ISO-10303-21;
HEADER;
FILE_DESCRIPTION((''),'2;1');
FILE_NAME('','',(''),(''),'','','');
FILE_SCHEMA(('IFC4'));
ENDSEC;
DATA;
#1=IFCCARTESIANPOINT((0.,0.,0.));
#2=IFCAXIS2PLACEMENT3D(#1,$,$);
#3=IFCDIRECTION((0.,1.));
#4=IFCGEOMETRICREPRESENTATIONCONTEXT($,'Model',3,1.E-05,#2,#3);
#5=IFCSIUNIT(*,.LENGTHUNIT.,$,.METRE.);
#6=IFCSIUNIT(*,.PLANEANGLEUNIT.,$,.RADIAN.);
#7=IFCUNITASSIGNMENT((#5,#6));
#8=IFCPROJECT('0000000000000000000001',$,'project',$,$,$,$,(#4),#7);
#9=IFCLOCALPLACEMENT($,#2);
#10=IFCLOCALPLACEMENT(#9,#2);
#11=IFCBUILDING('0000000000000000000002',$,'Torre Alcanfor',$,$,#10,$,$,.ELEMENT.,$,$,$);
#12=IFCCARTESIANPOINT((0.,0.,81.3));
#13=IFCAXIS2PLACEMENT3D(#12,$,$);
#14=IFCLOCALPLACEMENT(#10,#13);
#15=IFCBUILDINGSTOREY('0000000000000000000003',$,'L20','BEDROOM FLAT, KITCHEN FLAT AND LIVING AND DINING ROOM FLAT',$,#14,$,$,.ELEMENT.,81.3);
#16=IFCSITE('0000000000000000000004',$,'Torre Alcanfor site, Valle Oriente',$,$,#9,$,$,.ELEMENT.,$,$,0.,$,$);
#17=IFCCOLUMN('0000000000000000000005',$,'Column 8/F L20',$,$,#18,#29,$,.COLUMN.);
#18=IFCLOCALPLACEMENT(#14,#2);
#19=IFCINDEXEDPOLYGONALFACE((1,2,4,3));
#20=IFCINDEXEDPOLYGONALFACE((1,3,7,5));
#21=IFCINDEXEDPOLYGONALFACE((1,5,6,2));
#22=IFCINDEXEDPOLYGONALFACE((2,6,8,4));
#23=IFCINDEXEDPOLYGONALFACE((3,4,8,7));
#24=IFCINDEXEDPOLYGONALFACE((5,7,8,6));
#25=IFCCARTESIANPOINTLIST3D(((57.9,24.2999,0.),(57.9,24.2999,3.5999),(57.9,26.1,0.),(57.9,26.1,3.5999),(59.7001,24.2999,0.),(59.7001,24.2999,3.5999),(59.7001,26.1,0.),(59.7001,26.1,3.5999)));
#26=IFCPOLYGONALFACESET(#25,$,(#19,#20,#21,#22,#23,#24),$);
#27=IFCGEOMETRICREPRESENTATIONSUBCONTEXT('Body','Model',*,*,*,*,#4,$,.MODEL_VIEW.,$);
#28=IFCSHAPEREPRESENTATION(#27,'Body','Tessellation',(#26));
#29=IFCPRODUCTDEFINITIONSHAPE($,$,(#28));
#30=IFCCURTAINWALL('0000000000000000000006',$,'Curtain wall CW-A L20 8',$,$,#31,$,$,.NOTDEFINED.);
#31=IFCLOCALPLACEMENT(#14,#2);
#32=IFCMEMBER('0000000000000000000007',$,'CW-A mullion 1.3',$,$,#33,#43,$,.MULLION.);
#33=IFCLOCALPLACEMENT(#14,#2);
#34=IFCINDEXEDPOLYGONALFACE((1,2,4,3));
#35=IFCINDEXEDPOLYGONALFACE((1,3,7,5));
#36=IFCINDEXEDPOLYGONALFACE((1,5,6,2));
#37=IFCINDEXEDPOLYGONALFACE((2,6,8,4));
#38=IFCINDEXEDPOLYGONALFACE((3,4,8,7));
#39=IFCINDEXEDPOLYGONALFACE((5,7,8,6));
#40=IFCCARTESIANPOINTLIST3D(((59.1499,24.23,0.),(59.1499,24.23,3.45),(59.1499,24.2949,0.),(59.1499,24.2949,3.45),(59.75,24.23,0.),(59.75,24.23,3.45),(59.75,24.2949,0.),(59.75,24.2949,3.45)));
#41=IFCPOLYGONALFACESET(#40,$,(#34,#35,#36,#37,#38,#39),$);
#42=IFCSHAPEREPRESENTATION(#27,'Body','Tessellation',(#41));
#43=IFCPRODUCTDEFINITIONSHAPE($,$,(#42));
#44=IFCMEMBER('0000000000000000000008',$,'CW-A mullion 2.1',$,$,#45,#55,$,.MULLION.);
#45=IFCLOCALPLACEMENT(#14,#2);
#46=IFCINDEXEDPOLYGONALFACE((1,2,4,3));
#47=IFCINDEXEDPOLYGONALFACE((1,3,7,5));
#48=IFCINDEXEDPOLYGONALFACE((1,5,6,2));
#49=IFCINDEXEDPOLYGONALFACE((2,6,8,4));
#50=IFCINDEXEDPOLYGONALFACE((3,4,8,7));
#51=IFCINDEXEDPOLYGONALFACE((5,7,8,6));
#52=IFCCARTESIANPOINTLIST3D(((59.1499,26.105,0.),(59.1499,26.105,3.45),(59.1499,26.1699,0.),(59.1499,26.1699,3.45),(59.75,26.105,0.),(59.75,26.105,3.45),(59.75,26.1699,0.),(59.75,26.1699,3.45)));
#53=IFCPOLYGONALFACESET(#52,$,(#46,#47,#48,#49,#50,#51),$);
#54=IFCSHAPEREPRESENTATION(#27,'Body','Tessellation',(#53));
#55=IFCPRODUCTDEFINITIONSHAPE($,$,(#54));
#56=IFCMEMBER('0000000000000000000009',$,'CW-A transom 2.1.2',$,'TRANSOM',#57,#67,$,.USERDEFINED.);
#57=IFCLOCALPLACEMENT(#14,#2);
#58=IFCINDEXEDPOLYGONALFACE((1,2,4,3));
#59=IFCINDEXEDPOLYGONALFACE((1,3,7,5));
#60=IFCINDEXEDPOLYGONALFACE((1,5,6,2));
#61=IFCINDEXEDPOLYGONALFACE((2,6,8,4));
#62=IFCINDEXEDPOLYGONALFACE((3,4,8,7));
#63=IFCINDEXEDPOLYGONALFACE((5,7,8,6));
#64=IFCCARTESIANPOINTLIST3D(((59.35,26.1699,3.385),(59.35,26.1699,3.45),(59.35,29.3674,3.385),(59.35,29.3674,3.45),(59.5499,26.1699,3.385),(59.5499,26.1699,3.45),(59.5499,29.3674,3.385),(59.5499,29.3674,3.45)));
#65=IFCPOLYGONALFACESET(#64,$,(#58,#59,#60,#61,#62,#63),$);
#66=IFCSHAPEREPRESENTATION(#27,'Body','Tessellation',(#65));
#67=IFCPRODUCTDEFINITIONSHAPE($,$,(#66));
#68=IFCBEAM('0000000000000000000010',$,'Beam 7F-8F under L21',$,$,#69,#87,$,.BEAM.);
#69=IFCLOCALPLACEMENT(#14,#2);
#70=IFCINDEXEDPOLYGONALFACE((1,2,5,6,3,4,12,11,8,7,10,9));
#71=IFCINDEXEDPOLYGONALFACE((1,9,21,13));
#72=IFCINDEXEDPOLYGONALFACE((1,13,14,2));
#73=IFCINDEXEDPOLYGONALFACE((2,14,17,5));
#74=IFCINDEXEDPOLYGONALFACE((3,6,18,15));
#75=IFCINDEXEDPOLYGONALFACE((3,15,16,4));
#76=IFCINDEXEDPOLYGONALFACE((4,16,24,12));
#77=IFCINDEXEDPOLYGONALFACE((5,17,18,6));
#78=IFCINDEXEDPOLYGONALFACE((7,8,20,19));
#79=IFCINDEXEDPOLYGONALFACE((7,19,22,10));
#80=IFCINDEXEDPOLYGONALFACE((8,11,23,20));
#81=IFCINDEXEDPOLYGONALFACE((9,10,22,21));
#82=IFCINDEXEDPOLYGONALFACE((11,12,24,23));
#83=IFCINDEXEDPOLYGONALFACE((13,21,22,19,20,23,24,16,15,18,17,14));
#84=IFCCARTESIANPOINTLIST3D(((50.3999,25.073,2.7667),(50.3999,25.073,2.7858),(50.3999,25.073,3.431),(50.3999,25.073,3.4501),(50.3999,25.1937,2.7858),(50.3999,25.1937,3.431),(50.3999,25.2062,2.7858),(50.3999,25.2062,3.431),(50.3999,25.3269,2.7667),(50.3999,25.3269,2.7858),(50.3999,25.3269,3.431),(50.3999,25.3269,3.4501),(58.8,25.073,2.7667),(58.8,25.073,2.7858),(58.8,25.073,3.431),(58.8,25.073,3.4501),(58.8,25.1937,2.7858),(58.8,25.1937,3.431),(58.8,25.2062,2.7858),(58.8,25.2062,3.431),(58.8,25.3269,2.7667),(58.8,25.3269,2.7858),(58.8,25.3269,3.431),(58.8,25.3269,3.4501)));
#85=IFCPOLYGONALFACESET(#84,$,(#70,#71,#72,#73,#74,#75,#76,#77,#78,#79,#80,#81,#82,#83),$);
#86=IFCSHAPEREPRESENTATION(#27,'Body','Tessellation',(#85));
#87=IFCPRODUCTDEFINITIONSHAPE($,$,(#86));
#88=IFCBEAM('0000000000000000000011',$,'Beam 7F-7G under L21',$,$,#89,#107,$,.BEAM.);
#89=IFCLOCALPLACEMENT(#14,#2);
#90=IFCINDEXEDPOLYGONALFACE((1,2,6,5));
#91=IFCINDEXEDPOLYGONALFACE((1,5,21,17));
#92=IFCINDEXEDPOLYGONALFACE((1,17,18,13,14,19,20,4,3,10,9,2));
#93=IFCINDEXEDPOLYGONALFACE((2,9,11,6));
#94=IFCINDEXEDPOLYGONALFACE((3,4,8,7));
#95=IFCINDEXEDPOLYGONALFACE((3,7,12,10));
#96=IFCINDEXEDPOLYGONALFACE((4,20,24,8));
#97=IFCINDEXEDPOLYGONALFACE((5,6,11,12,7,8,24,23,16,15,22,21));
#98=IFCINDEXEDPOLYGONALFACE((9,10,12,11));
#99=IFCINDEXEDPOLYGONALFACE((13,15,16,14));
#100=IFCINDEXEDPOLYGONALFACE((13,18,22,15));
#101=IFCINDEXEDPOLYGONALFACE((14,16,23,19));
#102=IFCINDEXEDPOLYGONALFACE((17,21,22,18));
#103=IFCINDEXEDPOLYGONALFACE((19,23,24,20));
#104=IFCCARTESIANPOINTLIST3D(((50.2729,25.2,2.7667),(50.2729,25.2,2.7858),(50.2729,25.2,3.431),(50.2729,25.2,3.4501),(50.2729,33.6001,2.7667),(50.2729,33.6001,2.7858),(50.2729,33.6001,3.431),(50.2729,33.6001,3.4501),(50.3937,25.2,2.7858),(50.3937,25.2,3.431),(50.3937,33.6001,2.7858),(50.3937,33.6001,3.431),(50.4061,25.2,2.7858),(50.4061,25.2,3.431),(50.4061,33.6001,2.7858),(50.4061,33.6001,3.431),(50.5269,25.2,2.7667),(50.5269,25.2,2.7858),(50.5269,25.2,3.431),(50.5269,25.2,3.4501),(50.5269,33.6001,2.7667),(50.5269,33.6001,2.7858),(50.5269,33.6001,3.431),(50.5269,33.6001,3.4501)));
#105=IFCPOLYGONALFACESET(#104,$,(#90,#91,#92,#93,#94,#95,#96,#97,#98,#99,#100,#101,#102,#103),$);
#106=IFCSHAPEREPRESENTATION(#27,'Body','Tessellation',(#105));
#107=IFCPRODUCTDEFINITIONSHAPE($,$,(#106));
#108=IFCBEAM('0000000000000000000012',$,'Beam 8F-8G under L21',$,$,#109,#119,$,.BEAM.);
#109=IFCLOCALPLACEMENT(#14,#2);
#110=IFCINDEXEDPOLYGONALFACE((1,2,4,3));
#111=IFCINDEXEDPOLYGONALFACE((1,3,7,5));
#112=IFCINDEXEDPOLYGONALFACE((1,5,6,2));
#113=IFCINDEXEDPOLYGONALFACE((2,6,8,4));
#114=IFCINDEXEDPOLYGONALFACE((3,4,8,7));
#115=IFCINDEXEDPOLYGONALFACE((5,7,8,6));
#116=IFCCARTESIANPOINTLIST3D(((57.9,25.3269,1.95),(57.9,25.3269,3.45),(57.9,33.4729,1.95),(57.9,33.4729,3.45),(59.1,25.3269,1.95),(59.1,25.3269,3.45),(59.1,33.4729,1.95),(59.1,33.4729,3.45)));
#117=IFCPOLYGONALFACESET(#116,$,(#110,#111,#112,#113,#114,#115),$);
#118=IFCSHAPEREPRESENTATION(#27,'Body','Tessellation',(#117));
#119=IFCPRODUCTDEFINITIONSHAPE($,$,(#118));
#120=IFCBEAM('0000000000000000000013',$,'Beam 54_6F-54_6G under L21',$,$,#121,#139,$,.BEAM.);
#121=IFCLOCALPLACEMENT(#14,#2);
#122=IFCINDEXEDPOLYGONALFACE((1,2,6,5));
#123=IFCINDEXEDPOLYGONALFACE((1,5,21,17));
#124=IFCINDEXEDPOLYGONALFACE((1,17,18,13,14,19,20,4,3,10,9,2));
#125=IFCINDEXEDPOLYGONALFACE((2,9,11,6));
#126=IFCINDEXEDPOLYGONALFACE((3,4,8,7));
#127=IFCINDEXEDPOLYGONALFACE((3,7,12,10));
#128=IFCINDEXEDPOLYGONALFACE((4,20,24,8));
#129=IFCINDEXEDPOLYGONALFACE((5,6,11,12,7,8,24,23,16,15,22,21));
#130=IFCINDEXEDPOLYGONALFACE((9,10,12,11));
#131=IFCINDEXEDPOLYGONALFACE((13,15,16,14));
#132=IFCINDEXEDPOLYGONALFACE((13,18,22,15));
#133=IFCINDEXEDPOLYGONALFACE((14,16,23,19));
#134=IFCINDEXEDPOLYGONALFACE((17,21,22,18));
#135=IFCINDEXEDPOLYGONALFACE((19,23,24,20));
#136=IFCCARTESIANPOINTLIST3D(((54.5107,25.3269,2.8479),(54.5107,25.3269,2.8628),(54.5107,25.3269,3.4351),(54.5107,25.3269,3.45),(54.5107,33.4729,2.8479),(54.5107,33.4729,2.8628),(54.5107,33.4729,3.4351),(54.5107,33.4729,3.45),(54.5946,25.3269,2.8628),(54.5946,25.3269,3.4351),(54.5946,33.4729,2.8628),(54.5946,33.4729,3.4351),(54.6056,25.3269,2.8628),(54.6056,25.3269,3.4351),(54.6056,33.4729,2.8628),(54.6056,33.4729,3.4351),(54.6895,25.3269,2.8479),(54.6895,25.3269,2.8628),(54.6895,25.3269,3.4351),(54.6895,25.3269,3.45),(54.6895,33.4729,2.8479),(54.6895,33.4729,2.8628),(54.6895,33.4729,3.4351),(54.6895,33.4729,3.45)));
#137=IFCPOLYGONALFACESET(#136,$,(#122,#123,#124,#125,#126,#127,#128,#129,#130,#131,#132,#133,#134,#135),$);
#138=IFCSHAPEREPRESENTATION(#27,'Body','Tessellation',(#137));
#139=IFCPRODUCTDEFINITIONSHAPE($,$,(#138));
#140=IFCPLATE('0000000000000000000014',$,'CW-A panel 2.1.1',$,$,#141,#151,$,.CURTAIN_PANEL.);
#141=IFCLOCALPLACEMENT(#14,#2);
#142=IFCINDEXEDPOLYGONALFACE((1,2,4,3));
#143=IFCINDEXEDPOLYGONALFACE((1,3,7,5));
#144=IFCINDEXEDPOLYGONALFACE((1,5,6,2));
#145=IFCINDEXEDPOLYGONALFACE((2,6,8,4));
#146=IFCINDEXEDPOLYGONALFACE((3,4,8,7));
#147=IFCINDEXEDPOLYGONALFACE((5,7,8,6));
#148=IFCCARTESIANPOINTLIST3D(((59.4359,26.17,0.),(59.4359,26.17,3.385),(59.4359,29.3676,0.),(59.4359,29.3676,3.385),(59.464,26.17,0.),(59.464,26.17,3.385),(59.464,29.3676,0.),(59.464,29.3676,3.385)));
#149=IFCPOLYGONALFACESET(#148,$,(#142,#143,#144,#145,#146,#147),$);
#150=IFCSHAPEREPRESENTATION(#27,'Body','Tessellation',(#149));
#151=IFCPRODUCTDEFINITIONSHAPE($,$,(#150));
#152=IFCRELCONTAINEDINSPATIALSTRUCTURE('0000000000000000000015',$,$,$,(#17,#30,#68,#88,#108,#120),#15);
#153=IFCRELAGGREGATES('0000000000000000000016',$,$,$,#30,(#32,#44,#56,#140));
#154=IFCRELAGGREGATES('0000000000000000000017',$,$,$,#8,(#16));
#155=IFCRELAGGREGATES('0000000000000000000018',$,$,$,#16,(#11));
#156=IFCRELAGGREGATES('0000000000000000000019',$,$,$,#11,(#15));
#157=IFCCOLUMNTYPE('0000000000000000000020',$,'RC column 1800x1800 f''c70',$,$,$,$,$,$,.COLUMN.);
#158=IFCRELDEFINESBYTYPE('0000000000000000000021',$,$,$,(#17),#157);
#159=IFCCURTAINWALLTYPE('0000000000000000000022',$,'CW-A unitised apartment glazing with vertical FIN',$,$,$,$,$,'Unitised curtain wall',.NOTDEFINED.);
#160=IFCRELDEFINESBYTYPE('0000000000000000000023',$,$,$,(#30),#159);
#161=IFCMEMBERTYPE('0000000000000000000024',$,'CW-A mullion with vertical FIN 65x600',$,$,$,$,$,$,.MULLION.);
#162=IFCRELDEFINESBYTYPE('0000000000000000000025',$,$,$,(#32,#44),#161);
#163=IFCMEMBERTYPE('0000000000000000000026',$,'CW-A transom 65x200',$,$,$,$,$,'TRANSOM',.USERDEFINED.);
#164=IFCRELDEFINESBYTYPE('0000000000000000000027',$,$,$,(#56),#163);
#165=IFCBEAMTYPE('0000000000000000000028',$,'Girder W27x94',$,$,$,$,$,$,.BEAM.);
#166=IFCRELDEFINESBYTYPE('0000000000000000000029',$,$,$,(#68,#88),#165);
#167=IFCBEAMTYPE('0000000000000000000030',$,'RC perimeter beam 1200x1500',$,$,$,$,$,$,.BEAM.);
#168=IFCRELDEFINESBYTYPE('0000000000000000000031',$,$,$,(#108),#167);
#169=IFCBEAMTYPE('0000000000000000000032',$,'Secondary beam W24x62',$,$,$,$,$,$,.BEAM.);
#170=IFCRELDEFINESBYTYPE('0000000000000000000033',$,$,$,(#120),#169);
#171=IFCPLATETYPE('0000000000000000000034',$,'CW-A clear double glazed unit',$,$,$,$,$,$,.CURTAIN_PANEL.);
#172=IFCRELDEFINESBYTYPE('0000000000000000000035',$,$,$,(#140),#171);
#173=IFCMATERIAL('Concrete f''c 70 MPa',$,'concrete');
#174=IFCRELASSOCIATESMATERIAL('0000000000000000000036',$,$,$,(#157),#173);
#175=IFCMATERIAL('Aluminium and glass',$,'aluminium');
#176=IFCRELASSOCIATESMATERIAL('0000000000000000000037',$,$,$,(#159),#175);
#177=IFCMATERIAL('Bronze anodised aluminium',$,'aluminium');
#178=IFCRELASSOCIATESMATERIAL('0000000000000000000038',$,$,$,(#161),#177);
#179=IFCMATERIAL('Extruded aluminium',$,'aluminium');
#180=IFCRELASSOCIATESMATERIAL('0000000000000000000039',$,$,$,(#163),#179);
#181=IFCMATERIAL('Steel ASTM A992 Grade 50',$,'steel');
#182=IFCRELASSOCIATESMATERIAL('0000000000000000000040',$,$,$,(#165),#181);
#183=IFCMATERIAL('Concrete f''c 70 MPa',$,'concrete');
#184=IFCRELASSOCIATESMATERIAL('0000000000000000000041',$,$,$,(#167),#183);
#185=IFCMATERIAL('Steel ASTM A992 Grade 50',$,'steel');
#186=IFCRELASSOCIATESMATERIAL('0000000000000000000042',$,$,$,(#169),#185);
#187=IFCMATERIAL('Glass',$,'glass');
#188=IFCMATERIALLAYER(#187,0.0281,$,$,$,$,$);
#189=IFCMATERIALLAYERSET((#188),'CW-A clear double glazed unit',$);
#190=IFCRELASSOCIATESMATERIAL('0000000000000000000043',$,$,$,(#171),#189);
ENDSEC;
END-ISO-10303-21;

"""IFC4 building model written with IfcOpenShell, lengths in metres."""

from ifc_helpers import new_model, si_unit, direction, frame, origin, origin_2d, place, context, subcontext, project, spatial, rectangle, i_section, extrude, material, layer, layer_set, material_profile, profile_set, type_object, element, aggregate, save


model = new_model("IFC4")

# Units and contexts
model_context = context("Model", 3, precision=1e-05, world=origin(), true_north=direction((0.0, 1.0)))
body_context = subcontext(model_context, "Body", "Model", "MODEL_VIEW")
ifc_project = project(units=[si_unit("LENGTHUNIT", "METRE"), si_unit("PLANEANGLEUNIT", "RADIAN")], contexts=[model_context])

# Site, building, storey
site_placement = place(None, origin())
site = spatial("IfcSite", under=ifc_project, at=site_placement, Name="Torre Alcanfor site, Valle Oriente", CompositionType="ELEMENT", RefElevation=0.0)
building_placement = place(site_placement, origin())
building = spatial("IfcBuilding", under=site, at=building_placement, Name="Torre Alcanfor", CompositionType="ELEMENT")
storey_placement = place(building_placement, frame((0.0, 0.0, 81.3)))
storey = spatial("IfcBuildingStorey", under=building, at=storey_placement, Name="L20", Description="BEDROOM FLAT, KITCHEN FLAT AND LIVING AND DINING ROOM FLAT", CompositionType="ELEMENT", Elevation=81.3)

# Column
ifc_material_1 = material(Name="Concrete f'c 70 MPa", Category="concrete")
ifc_material_profile_1 = material_profile(ifc_material_1, rectangle(XDim=1.8, YDim=1.8, at=origin_2d()), Name="1800x1800")
ifc_profile_set_1 = profile_set([ifc_material_profile_1], Name="Concrete f'c 70 MPa")
column_type = type_object("IfcColumnType", Name="RC column 1800x1800 f'c70", PredefinedType="COLUMN", material=ifc_profile_set_1)
column_placement = place(storey_placement, frame((58.8, 25.2, 0.0), z_axis=(0.0, 0.0, 1.0), x_axis=(1.0, 0.0, 0.0)))
element("IfcColumn", 1, at=column_placement, inside=storey, type_object=column_type, Name="Column 8/F L20", PredefinedType="COLUMN", context=body_context, shape_type="SweptSolid", body=[
    extrude(rectangle(XDim=1.8, YDim=1.8, at=origin_2d()), origin(), (0.0, 0.0, 1.0), 3.5999),
])

# Curtain wall, members
ifc_material_2 = material(Name="Aluminium and glass", Category="aluminium")
curtain_wall_type = type_object("IfcCurtainWallType", Name="CW-A unitised apartment glazing with vertical FIN", ElementType="Unitised curtain wall", PredefinedType="NOTDEFINED", material=ifc_material_2)
curtain_wall_placement = place(storey_placement, origin())
curtain_wall = element("IfcCurtainWall", 2, at=curtain_wall_placement, inside=storey, type_object=curtain_wall_type, Name="Curtain wall CW-A L20 8", PredefinedType="NOTDEFINED")
ifc_material_3 = material(Name="Bronze anodised aluminium", Category="aluminium")
ifc_material_profile_2 = material_profile(ifc_material_3, rectangle(XDim=0.6001, YDim=0.0649, at=origin_2d()), Name="CW-A mullion 65x600")
ifc_profile_set_2 = profile_set([ifc_material_profile_2], Name="Bronze anodised aluminium")
member_type_1 = type_object("IfcMemberType", Name="CW-A mullion with vertical FIN 65x600", PredefinedType="MULLION", material=ifc_profile_set_2)
member_1_placement = place(storey_placement, frame((59.45, 24.2625, 0.0), z_axis=(0.0, 0.0, 1.0), x_axis=(-1.0, 0.0, 0.0)))
member_1 = element("IfcMember", 3, at=member_1_placement, type_object=member_type_1, Name="CW-A mullion 1.3", PredefinedType="MULLION", context=body_context, shape_type="SweptSolid", body=[
    extrude(rectangle(XDim=0.6001, YDim=0.0649, at=origin_2d()), origin(), (0.0, 0.0, 1.0), 3.45),
])
member_2_placement = place(storey_placement, frame((59.45, 26.1375, 0.0), z_axis=(0.0, 0.0, 1.0), x_axis=(-1.0, 0.0, 0.0)))
member_2 = element("IfcMember", 4, at=member_2_placement, type_object=member_type_1, Name="CW-A mullion 2.1", PredefinedType="MULLION", context=body_context, shape_type="SweptSolid", body=[
    extrude(rectangle(XDim=0.6001, YDim=0.0649, at=origin_2d()), origin(), (0.0, 0.0, 1.0), 3.45),
])
ifc_material_4 = material(Name="Extruded aluminium", Category="aluminium")
ifc_material_profile_3 = material_profile(ifc_material_4, rectangle(XDim=0.2, YDim=0.0649, at=origin_2d()), Name="CW-A transom 200x65")
ifc_profile_set_3 = profile_set([ifc_material_profile_3], Name="Extruded aluminium")
member_type_2 = type_object("IfcMemberType", Name="CW-A transom 65x200", ElementType="TRANSOM", PredefinedType="USERDEFINED", material=ifc_profile_set_3)
member_3_placement = place(storey_placement, frame((59.45, 26.1699, 3.4175), z_axis=(0.0, 1.0, 0.0), x_axis=(-1.0, 0.0, 0.0)))
member_3 = element("IfcMember", 5, at=member_3_placement, type_object=member_type_2, Name="CW-A transom 2.1.2", ObjectType="TRANSOM", PredefinedType="USERDEFINED", context=body_context, shape_type="SweptSolid", body=[
    extrude(rectangle(XDim=0.2, YDim=0.0649, at=origin_2d()), origin(), (0.0, 0.0, 1.0), 3.1975),
])

# Beams
ifc_material_5 = material(Name="Steel ASTM A992 Grade 50", Category="steel")
ifc_material_profile_4 = material_profile(ifc_material_5, i_section(OverallWidth=0.2539, OverallDepth=0.6833, WebThickness=0.0125, FlangeThickness=0.019, at=origin_2d()), Name="W27x94")
ifc_profile_set_4 = profile_set([ifc_material_profile_4], Name="Steel ASTM A992 Grade 50")
beam_type_1 = type_object("IfcBeamType", Name="Girder W27x94", PredefinedType="BEAM", material=ifc_profile_set_4)
for number, where, z_axis, x_axis, name in (
    (6, (50.3999, 25.2, 3.1084), (1.0, 0.0, 0.0), (0.0, 1.0, 0.0), "Beam 7F-8F under L21"),
    (7, (50.3999, 25.2, 3.1084), (0.0, 1.0, 0.0), (-1.0, 0.0, 0.0), "Beam 7F-7G under L21"),
):
    element("IfcBeam", number, at=place(storey_placement, frame(where, z_axis=z_axis, x_axis=x_axis)), inside=storey, type_object=beam_type_1, Name=name, PredefinedType="BEAM", context=body_context, shape_type="SweptSolid", body=[
        extrude(i_section(OverallWidth=0.2539, OverallDepth=0.6833, WebThickness=0.0125, FlangeThickness=0.019, at=origin_2d()), origin(), (0.0, 0.0, 1.0), 8.4001),
    ])
ifc_material_6 = material(Name="Concrete f'c 70 MPa", Category="concrete")
ifc_material_profile_5 = material_profile(ifc_material_6, rectangle(XDim=1.2, YDim=1.5, at=origin_2d()), Name="1200x1500")
ifc_profile_set_5 = profile_set([ifc_material_profile_5], Name="Concrete f'c 70 MPa")
beam_type_2 = type_object("IfcBeamType", Name="RC perimeter beam 1200x1500", PredefinedType="BEAM", material=ifc_profile_set_5)
beam_1_placement = place(storey_placement, frame((58.5, 25.3269, 2.7), z_axis=(0.0, 1.0, 0.0), x_axis=(-1.0, 0.0, 0.0)))
element("IfcBeam", 8, at=beam_1_placement, inside=storey, type_object=beam_type_2, Name="Beam 8F-8G under L21", PredefinedType="BEAM", context=body_context, shape_type="SweptSolid", body=[
    extrude(rectangle(XDim=1.2, YDim=1.5, at=origin_2d()), origin(), (0.0, 0.0, 1.0), 8.146),
])
ifc_material_7 = material(Name="Steel ASTM A992 Grade 50", Category="steel")
ifc_material_profile_6 = material_profile(ifc_material_7, i_section(OverallWidth=0.1787, OverallDepth=0.6021, WebThickness=0.011, FlangeThickness=0.0149, at=origin_2d()), Name="W24x62")
ifc_profile_set_6 = profile_set([ifc_material_profile_6], Name="Steel ASTM A992 Grade 50")
beam_type_3 = type_object("IfcBeamType", Name="Secondary beam W24x62", PredefinedType="BEAM", material=ifc_profile_set_6)
beam_2_placement = place(storey_placement, frame((54.6001, 25.3269, 3.1489), z_axis=(0.0, 1.0, 0.0), x_axis=(-1.0, 0.0, 0.0)))
element("IfcBeam", 9, at=beam_2_placement, inside=storey, type_object=beam_type_3, Name="Beam 54_6F-54_6G under L21", PredefinedType="BEAM", context=body_context, shape_type="SweptSolid", body=[
    extrude(i_section(OverallWidth=0.1787, OverallDepth=0.6021, WebThickness=0.011, FlangeThickness=0.0149, at=origin_2d()), origin(), (0.0, 0.0, 1.0), 8.146),
])

# Plate
ifc_material_8 = material(Name="Glass", Category="glass")
ifc_layer_1 = layer(ifc_material_8, 0.0281)
ifc_layer_set_1 = layer_set([ifc_layer_1], Name="CW-A clear double glazed unit")
plate_type = type_object("IfcPlateType", Name="CW-A clear double glazed unit", PredefinedType="CURTAIN_PANEL", material=ifc_layer_set_1)
plate_placement = place(storey_placement, frame((59.45, 27.7688, 0.0), z_axis=(0.0, 0.0, 1.0), x_axis=(0.0, 1.0, 0.0)))
plate = element("IfcPlate", 10, at=plate_placement, type_object=plate_type, Name="CW-A panel 2.1.1", PredefinedType="CURTAIN_PANEL", context=body_context, shape_type="SweptSolid", body=[
    extrude(rectangle(XDim=3.1975, YDim=0.0281, at=origin_2d()), origin(), (0.0, 0.0, 1.0), 3.385),
])
aggregate(curtain_wall, [member_1, member_2, member_3, plate])

save(model, "model.ifc")
